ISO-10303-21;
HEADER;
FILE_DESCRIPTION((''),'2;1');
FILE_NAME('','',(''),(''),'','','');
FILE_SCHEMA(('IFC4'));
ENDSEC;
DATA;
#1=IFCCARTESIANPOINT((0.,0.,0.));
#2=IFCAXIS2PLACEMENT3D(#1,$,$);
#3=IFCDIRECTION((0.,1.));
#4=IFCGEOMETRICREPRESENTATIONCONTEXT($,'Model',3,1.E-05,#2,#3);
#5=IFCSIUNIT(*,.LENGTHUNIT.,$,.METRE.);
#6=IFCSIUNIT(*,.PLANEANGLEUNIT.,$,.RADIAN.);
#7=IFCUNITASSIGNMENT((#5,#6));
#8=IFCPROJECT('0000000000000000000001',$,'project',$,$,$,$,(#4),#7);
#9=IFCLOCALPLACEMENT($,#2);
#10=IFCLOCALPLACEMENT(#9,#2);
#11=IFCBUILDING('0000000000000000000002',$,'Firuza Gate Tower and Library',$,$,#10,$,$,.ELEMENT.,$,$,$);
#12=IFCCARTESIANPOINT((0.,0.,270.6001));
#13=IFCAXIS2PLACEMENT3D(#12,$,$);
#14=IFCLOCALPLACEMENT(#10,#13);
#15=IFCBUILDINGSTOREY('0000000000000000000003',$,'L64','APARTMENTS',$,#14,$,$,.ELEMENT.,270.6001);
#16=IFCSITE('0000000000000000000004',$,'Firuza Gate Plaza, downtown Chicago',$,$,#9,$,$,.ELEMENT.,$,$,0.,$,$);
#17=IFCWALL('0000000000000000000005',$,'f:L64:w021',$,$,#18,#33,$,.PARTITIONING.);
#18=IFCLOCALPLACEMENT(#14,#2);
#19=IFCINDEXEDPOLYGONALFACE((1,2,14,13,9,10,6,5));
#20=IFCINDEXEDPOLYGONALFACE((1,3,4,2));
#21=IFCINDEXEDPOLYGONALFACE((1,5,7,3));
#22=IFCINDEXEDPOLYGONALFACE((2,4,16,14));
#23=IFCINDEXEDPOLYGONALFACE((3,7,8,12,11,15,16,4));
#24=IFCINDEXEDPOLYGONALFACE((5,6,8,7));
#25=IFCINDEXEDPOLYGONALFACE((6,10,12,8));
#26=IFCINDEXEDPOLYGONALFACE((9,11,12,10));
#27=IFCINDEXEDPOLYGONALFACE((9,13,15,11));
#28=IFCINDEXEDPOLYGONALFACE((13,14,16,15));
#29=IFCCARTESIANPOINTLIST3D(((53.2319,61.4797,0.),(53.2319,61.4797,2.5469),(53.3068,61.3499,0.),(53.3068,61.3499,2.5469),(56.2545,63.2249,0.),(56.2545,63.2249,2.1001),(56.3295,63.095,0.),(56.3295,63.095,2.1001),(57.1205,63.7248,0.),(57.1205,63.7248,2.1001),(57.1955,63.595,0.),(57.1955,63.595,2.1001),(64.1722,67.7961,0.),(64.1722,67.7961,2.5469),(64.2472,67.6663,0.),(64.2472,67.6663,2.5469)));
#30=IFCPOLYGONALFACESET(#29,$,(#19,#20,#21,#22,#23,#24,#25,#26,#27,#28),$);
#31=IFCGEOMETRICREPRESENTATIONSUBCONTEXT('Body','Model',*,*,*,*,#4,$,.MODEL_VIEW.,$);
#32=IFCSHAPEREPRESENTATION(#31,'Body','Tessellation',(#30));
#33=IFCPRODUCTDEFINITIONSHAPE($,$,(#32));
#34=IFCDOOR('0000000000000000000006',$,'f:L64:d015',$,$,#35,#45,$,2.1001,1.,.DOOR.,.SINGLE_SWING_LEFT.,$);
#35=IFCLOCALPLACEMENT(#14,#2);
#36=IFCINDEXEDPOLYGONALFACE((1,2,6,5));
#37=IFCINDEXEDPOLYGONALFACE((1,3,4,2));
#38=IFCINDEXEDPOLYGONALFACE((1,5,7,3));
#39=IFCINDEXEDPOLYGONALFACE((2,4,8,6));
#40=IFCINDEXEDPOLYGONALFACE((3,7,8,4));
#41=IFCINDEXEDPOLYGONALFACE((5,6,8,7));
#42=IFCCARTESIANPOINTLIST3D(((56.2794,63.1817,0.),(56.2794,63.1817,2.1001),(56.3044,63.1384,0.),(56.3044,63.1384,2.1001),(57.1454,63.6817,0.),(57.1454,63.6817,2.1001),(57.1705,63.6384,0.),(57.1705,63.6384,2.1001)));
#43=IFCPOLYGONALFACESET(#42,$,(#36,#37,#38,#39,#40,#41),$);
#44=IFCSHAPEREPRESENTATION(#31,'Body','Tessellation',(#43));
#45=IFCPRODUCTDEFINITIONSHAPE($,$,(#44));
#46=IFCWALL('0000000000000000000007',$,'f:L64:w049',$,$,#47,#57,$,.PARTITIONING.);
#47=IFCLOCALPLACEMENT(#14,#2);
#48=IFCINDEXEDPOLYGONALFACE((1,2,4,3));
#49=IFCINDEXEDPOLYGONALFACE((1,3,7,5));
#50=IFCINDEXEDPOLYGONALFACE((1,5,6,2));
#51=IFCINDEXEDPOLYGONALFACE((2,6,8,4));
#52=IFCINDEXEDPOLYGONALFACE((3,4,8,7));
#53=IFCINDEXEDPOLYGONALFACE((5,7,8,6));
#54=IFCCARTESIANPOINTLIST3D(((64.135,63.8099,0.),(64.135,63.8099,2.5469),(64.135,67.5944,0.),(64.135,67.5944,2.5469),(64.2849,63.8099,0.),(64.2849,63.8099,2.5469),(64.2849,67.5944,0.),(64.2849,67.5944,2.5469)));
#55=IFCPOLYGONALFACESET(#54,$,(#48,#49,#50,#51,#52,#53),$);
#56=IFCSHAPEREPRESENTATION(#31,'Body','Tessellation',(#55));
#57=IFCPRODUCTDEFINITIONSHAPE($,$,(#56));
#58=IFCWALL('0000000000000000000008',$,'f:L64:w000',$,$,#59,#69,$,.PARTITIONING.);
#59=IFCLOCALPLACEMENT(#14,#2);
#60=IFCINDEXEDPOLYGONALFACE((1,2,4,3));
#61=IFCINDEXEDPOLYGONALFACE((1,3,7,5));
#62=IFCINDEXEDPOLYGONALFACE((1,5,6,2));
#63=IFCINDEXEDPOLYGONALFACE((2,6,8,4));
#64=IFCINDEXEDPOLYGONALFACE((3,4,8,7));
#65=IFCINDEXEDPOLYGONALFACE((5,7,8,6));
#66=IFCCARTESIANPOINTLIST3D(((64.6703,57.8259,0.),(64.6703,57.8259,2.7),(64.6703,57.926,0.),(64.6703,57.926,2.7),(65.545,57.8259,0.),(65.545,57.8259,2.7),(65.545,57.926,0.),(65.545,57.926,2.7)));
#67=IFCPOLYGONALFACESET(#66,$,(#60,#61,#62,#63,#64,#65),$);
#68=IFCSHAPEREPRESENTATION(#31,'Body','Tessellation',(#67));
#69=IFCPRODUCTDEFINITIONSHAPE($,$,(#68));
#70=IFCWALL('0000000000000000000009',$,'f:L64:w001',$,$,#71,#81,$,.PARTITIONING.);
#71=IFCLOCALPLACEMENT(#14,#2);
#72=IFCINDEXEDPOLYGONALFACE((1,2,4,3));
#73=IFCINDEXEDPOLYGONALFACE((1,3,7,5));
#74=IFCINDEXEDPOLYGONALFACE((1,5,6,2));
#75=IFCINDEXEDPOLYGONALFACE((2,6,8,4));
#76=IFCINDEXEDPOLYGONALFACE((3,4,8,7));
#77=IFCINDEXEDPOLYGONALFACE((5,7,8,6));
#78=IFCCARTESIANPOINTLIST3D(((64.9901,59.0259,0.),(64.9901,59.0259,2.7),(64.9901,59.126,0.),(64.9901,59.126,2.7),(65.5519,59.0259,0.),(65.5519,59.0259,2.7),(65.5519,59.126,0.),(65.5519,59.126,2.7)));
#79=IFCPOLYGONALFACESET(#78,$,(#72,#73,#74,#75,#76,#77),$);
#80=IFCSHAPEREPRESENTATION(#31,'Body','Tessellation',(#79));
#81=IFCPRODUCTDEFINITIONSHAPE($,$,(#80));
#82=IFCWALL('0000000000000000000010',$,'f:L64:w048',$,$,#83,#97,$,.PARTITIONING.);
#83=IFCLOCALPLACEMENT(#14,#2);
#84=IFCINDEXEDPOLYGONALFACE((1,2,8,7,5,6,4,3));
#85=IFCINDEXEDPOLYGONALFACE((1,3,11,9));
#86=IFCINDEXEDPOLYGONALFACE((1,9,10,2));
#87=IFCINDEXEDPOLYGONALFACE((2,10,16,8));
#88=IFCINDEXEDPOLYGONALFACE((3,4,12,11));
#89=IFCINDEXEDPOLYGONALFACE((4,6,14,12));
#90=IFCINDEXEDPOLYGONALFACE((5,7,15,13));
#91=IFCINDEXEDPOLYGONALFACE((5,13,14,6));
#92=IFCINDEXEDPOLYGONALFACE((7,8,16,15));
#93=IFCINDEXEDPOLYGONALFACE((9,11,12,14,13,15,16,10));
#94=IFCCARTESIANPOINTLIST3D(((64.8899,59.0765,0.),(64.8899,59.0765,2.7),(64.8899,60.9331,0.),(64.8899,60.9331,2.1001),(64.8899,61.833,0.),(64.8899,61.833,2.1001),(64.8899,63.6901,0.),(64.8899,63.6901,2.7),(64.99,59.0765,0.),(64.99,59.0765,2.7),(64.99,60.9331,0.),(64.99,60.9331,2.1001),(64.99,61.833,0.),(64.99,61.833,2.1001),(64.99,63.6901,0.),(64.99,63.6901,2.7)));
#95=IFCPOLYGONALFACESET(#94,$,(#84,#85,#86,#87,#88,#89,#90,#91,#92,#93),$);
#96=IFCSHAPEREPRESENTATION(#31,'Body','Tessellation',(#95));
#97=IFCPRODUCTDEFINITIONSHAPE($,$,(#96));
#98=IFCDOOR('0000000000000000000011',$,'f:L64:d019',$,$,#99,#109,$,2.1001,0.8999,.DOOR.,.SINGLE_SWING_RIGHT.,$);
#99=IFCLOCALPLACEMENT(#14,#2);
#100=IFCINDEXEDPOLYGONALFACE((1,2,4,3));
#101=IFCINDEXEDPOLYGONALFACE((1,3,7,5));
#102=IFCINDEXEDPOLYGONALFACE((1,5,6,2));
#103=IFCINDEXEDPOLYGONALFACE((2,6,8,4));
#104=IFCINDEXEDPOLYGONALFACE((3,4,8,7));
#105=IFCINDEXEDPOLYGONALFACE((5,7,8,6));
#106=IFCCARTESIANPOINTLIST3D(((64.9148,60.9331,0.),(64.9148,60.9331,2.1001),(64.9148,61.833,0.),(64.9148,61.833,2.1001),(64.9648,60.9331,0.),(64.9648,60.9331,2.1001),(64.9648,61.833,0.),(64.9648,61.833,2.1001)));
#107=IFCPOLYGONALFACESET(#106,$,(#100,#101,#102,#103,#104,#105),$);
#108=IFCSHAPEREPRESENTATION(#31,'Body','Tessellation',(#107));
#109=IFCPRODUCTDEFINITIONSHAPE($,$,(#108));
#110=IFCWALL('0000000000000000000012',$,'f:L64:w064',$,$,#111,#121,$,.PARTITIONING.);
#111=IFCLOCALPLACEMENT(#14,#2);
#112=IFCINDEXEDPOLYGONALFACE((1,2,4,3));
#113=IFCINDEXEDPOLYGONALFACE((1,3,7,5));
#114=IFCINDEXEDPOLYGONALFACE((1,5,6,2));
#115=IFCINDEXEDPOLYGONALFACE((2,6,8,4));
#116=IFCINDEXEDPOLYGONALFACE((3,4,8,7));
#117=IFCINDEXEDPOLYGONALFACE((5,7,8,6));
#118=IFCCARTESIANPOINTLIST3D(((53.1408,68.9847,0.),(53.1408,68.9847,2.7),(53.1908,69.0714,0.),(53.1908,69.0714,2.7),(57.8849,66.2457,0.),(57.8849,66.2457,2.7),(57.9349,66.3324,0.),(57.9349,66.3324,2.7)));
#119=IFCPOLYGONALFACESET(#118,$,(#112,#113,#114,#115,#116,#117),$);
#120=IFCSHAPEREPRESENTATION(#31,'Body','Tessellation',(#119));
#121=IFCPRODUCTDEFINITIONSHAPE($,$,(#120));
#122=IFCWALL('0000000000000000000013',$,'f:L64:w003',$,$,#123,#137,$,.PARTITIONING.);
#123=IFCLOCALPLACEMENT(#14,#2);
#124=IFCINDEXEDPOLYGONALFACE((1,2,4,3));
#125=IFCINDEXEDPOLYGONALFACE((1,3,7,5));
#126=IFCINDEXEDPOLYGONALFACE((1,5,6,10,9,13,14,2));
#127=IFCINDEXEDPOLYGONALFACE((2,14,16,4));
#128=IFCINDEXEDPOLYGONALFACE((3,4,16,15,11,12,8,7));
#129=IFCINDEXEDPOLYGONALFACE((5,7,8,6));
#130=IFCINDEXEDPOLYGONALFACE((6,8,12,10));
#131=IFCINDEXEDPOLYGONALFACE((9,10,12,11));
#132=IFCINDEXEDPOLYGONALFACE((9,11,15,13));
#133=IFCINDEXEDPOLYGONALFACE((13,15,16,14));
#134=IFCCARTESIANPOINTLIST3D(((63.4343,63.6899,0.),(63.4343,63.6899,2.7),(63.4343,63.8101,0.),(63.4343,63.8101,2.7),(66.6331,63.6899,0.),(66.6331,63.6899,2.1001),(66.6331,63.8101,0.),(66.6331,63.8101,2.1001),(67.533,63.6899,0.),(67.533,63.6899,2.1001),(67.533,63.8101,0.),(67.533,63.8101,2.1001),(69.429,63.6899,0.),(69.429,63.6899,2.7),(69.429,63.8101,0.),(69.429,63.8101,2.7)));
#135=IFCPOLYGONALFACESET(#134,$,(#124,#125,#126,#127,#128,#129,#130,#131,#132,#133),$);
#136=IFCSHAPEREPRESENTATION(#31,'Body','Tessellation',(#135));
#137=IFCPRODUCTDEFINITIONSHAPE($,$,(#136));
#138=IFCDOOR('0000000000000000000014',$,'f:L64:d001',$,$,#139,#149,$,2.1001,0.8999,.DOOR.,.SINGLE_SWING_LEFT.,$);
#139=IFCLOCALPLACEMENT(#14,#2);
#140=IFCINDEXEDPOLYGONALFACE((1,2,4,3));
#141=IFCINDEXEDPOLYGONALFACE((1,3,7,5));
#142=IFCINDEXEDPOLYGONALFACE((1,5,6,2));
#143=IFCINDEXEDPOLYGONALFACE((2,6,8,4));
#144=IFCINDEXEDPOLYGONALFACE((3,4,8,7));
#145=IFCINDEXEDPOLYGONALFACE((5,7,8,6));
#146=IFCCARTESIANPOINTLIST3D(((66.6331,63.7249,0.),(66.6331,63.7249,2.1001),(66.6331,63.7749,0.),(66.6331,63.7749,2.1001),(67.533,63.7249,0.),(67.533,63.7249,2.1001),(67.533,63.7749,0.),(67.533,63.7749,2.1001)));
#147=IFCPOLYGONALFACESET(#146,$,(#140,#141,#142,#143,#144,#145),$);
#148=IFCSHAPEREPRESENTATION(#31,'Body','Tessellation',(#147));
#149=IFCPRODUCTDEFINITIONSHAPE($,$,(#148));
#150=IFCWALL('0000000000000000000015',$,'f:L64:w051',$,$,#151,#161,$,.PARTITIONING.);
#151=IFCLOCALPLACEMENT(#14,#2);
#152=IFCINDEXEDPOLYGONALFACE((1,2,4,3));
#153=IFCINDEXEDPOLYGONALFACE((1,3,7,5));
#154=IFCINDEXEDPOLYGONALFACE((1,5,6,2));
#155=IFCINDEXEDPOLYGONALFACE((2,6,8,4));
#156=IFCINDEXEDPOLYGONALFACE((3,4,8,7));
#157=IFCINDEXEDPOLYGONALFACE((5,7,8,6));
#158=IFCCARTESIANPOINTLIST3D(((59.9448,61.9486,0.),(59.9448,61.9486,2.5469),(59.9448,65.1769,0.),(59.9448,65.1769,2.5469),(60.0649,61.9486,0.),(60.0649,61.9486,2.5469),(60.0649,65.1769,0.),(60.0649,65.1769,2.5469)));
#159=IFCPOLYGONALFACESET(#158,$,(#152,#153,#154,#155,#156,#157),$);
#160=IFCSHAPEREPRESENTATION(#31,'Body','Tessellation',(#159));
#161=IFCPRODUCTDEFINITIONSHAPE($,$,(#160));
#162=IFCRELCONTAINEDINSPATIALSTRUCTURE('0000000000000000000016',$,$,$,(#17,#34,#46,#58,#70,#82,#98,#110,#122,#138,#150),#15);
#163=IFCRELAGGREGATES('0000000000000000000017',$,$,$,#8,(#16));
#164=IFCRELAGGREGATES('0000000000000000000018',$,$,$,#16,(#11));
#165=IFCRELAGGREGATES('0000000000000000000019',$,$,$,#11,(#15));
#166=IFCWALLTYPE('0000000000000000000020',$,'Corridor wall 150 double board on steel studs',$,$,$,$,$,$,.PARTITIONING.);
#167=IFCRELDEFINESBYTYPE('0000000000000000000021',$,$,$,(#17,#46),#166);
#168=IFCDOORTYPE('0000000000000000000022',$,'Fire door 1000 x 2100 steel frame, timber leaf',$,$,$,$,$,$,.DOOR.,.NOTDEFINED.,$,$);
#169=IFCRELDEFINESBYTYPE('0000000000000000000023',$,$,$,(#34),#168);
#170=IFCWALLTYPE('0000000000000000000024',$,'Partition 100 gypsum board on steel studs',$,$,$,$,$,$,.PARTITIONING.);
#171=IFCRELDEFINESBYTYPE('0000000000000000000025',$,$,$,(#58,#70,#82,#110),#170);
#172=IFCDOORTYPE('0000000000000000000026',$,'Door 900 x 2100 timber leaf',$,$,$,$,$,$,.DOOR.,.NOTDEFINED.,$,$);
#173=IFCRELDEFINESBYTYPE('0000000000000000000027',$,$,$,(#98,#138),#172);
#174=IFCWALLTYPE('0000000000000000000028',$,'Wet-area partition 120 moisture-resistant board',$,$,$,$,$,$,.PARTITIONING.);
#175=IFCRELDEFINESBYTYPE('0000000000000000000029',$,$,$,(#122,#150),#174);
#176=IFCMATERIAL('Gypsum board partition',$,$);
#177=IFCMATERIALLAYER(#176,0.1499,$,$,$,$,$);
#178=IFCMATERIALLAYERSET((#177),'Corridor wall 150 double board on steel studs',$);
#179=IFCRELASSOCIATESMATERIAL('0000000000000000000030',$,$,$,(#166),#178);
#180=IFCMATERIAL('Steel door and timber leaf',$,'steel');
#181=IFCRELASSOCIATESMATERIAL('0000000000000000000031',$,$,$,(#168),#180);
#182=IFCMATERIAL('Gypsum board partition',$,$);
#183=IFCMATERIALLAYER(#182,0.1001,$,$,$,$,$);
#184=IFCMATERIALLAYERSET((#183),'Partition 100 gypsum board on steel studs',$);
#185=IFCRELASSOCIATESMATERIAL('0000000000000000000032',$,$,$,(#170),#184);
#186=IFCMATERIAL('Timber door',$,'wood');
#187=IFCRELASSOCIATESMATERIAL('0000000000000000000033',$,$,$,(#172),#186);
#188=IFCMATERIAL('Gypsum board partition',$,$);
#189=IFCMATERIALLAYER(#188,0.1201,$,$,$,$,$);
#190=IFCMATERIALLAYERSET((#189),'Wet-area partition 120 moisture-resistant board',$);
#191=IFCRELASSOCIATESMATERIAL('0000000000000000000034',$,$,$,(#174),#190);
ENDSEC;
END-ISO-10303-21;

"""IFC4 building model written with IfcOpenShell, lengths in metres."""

from ifc_helpers import new_model, si_unit, direction, frame, frame_2d, origin, place, context, subcontext, project, spatial, rectangle, extrude, material, layer, layer_set, type_object, element, fill, save


model = new_model("IFC4")

# Units and contexts
model_context = context("Model", 3, precision=1e-05, world=origin(), true_north=direction((0.0, 1.0)))
body_context = subcontext(model_context, "Body", "Model", "MODEL_VIEW")
ifc_project = project(units=[si_unit("LENGTHUNIT", "METRE"), si_unit("PLANEANGLEUNIT", "RADIAN")], contexts=[model_context])

# Site, building, storey
site_placement = place(None, origin())
site = spatial("IfcSite", under=ifc_project, at=site_placement, Name="Firuza Gate Plaza, downtown Chicago", CompositionType="ELEMENT", RefElevation=0.0)
building_placement = place(site_placement, origin())
building = spatial("IfcBuilding", under=site, at=building_placement, Name="Firuza Gate Tower and Library", CompositionType="ELEMENT")
storey_placement = place(building_placement, frame((0.0, 0.0, 270.6001)))
storey = spatial("IfcBuildingStorey", under=building, at=storey_placement, Name="L64", Description="APARTMENTS", CompositionType="ELEMENT", Elevation=270.6001)

# Shared definitions
ifc_material_1 = material(Name="Gypsum board partition")
ifc_layer_1 = layer(ifc_material_1, 0.1499)
ifc_layer_set_1 = layer_set([ifc_layer_1], Name="Corridor wall 150 double board on steel studs")
wall_type_1 = type_object("IfcWallType", Name="Corridor wall 150 double board on steel studs", PredefinedType="PARTITIONING", material=ifc_layer_set_1)

# Wall, opening, door
wall_1_placement = place(storey_placement, frame((64.2097, 67.7312, 0.0), z_axis=(0.0, 0.0, 1.0), x_axis=(-0.866027, -0.499997, 0.0)))
wall_1 = element("IfcWall", 1, at=wall_1_placement, inside=storey, type_object=wall_type_1, Name="f:L64:w021", PredefinedType="PARTITIONING", context=body_context, shape_type="SweptSolid", body=[
    extrude(rectangle(XDim=12.6328, YDim=0.1499, at=frame_2d((6.3164, 0.0))), origin(), (0.0, 0.0, 1.0), 2.5469),
])
opening_1_placement = place(wall_1_placement, frame((8.1426, 0.0, 0.0)))
opening_1 = element("IfcOpeningElement", 2, at=opening_1_placement, cuts=wall_1, PredefinedType="OPENING", context=body_context, shape_type="SweptSolid", body=[
    extrude(rectangle(XDim=1.0, YDim=2.1001, at=frame_2d((0.5, 1.05))), frame((0.0, 0.085, 0.0), z_axis=(0.0, -1.0, 0.0), x_axis=(1.0, 0.0, 0.0)), (0.0, 0.0, 1.0), 0.1699),
])
ifc_material_2 = material(Name="Steel door and timber leaf", Category="steel")
door_type_1 = type_object("IfcDoorType", Name="Fire door 1000 x 2100 steel frame, timber leaf", OperationType="NOTDEFINED", PredefinedType="DOOR", material=ifc_material_2)
door_1_placement = place(opening_1_placement, origin())
door_1 = element("IfcDoor", 3, at=door_1_placement, inside=storey, type_object=door_type_1, Name="f:L64:d015", OperationType="SINGLE_SWING_LEFT", OverallHeight=2.1001, OverallWidth=1.0, PredefinedType="DOOR", context=body_context, shape_type="SweptSolid", body=[
    extrude(rectangle(XDim=1.0, YDim=2.1001, at=frame_2d((0.5, 1.05))), frame((0.0, 0.0249, 0.0), z_axis=(0.0, -1.0, 0.0), x_axis=(1.0, 0.0, 0.0)), (0.0, 0.0, 1.0), 0.05),
])
fill(opening_1, door_1)

# Walls
wall_2_placement = place(storey_placement, frame((64.21, 63.8101, 0.0), z_axis=(0.0, 0.0, 1.0), x_axis=(0.0, 1.0, 0.0)))
element("IfcWall", 4, at=wall_2_placement, inside=storey, type_object=wall_type_1, Name="f:L64:w049", PredefinedType="PARTITIONING", context=body_context, shape_type="SweptSolid", body=[
    extrude(rectangle(XDim=3.7844, YDim=0.1499, at=frame_2d((1.8921, 0.0))), origin(), (0.0, 0.0, 1.0), 2.5469),
])
ifc_material_3 = material(Name="Gypsum board partition")
ifc_layer_2 = layer(ifc_material_3, 0.1001)
ifc_layer_set_2 = layer_set([ifc_layer_2], Name="Partition 100 gypsum board on steel studs")
wall_type_2 = type_object("IfcWallType", Name="Partition 100 gypsum board on steel studs", PredefinedType="PARTITIONING", material=ifc_layer_set_2)
wall_3_placement = place(storey_placement, frame((64.6702, 57.876, 0.0), z_axis=(0.0, 0.0, 1.0), x_axis=(1.0, 0.0, 0.0)))
element("IfcWall", 5, at=wall_3_placement, inside=storey, type_object=wall_type_2, Name="f:L64:w000", PredefinedType="PARTITIONING", context=body_context, shape_type="SweptSolid", body=[
    extrude(rectangle(XDim=0.8748, YDim=0.1001, at=frame_2d((0.4375, 0.0))), origin(), (0.0, 0.0, 1.0), 2.7),
])
wall_4_placement = place(storey_placement, frame((64.9902, 59.0759, 0.0), z_axis=(0.0, 0.0, 1.0), x_axis=(1.0, 0.0, 0.0)))
element("IfcWall", 6, at=wall_4_placement, inside=storey, type_object=wall_type_2, Name="f:L64:w001", PredefinedType="PARTITIONING", context=body_context, shape_type="SweptSolid", body=[
    extrude(rectangle(XDim=0.5618, YDim=0.1001, at=frame_2d((0.2808, 0.0))), origin(), (0.0, 0.0, 1.0), 2.7),
])

# Wall, opening, door
wall_5_placement = place(storey_placement, frame((64.9399, 63.6899, 0.0), z_axis=(0.0, 0.0, 1.0), x_axis=(0.0, -1.0, 0.0)))
wall_5 = element("IfcWall", 7, at=wall_5_placement, inside=storey, type_object=wall_type_2, Name="f:L64:w048", PredefinedType="PARTITIONING", context=body_context, shape_type="SweptSolid", body=[
    extrude(rectangle(XDim=4.6135, YDim=0.1001, at=frame_2d((2.3066, 0.0))), origin(), (0.0, 0.0, 1.0), 2.7),
])
opening_2_placement = place(wall_5_placement, frame((1.8569, 0.0, 0.0)))
opening_2 = element("IfcOpeningElement", 8, at=opening_2_placement, cuts=wall_5, PredefinedType="OPENING", context=body_context, shape_type="SweptSolid", body=[
    extrude(rectangle(XDim=0.8999, YDim=2.1001, at=frame_2d((0.45, 1.05))), frame((0.0, 0.0601, 0.0), z_axis=(0.0, -1.0, 0.0), x_axis=(1.0, 0.0, 0.0)), (0.0, 0.0, 1.0), 0.1201),
])
ifc_material_4 = material(Name="Timber door", Category="wood")
door_type_2 = type_object("IfcDoorType", Name="Door 900 x 2100 timber leaf", OperationType="NOTDEFINED", PredefinedType="DOOR", material=ifc_material_4)
door_2_placement = place(opening_2_placement, origin())
door_2 = element("IfcDoor", 9, at=door_2_placement, inside=storey, type_object=door_type_2, Name="f:L64:d019", OperationType="SINGLE_SWING_RIGHT", OverallHeight=2.1001, OverallWidth=0.8999, PredefinedType="DOOR", context=body_context, shape_type="SweptSolid", body=[
    extrude(rectangle(XDim=0.8999, YDim=2.1001, at=frame_2d((0.45, 1.05))), frame((0.0, 0.0249, 0.0), z_axis=(0.0, -1.0, 0.0), x_axis=(1.0, 0.0, 0.0)), (0.0, 0.0, 1.0), 0.05),
])
fill(opening_2, door_2)

# Wall
wall_6_placement = place(storey_placement, frame((57.9099, 66.2891, 0.0), z_axis=(0.0, 0.0, 1.0), x_axis=(-0.866027, 0.499998, 0.0)))
element("IfcWall", 10, at=wall_6_placement, inside=storey, type_object=wall_type_2, Name="f:L64:w064", PredefinedType="PARTITIONING", context=body_context, shape_type="SweptSolid", body=[
    extrude(rectangle(XDim=5.478, YDim=0.1001, at=frame_2d((2.739, 0.0))), origin(), (0.0, 0.0, 1.0), 2.7),
])

# Wall, opening, door
ifc_material_5 = material(Name="Gypsum board partition")
ifc_layer_3 = layer(ifc_material_5, 0.1201)
ifc_layer_set_3 = layer_set([ifc_layer_3], Name="Wet-area partition 120 moisture-resistant board")
wall_type_3 = type_object("IfcWallType", Name="Wet-area partition 120 moisture-resistant board", PredefinedType="PARTITIONING", material=ifc_layer_set_3)
wall_7_placement = place(storey_placement, frame((63.4343, 63.75, 0.0), z_axis=(0.0, 0.0, 1.0), x_axis=(1.0, 0.0, 0.0)))
wall_7 = element("IfcWall", 11, at=wall_7_placement, inside=storey, type_object=wall_type_3, Name="f:L64:w003", PredefinedType="PARTITIONING", context=body_context, shape_type="SweptSolid", body=[
    extrude(rectangle(XDim=5.9946, YDim=0.1201, at=frame_2d((2.9973, 0.0))), origin(), (0.0, 0.0, 1.0), 2.7),
])
opening_3_placement = place(wall_7_placement, frame((3.1987, 0.0, 0.0)))
opening_3 = element("IfcOpeningElement", 12, at=opening_3_placement, cuts=wall_7, PredefinedType="OPENING", context=body_context, shape_type="SweptSolid", body=[
    extrude(rectangle(XDim=0.8999, YDim=2.1001, at=frame_2d((0.45, 1.05))), frame((0.0, 0.0701, 0.0), z_axis=(0.0, -1.0, 0.0), x_axis=(1.0, 0.0, 0.0)), (0.0, 0.0, 1.0), 0.1401),
])
door_3_placement = place(opening_3_placement, origin())
door_3 = element("IfcDoor", 13, at=door_3_placement, inside=storey, type_object=door_type_2, Name="f:L64:d001", OperationType="SINGLE_SWING_LEFT", OverallHeight=2.1001, OverallWidth=0.8999, PredefinedType="DOOR", context=body_context, shape_type="SweptSolid", body=[
    extrude(rectangle(XDim=0.8999, YDim=2.1001, at=frame_2d((0.45, 1.05))), frame((0.0, 0.0249, 0.0), z_axis=(0.0, -1.0, 0.0), x_axis=(1.0, 0.0, 0.0)), (0.0, 0.0, 1.0), 0.05),
])
fill(opening_3, door_3)

# Wall
wall_8_placement = place(storey_placement, frame((60.0049, 61.9485, 0.0), z_axis=(0.0, 0.0, 1.0), x_axis=(0.0, 1.0, 0.0)))
element("IfcWall", 14, at=wall_8_placement, inside=storey, type_object=wall_type_3, Name="f:L64:w051", PredefinedType="PARTITIONING", context=body_context, shape_type="SweptSolid", body=[
    extrude(rectangle(XDim=3.2283, YDim=0.1201, at=frame_2d((1.6143, 0.0))), origin(), (0.0, 0.0, 1.0), 2.5469),
])

save(model, "model.ifc")
